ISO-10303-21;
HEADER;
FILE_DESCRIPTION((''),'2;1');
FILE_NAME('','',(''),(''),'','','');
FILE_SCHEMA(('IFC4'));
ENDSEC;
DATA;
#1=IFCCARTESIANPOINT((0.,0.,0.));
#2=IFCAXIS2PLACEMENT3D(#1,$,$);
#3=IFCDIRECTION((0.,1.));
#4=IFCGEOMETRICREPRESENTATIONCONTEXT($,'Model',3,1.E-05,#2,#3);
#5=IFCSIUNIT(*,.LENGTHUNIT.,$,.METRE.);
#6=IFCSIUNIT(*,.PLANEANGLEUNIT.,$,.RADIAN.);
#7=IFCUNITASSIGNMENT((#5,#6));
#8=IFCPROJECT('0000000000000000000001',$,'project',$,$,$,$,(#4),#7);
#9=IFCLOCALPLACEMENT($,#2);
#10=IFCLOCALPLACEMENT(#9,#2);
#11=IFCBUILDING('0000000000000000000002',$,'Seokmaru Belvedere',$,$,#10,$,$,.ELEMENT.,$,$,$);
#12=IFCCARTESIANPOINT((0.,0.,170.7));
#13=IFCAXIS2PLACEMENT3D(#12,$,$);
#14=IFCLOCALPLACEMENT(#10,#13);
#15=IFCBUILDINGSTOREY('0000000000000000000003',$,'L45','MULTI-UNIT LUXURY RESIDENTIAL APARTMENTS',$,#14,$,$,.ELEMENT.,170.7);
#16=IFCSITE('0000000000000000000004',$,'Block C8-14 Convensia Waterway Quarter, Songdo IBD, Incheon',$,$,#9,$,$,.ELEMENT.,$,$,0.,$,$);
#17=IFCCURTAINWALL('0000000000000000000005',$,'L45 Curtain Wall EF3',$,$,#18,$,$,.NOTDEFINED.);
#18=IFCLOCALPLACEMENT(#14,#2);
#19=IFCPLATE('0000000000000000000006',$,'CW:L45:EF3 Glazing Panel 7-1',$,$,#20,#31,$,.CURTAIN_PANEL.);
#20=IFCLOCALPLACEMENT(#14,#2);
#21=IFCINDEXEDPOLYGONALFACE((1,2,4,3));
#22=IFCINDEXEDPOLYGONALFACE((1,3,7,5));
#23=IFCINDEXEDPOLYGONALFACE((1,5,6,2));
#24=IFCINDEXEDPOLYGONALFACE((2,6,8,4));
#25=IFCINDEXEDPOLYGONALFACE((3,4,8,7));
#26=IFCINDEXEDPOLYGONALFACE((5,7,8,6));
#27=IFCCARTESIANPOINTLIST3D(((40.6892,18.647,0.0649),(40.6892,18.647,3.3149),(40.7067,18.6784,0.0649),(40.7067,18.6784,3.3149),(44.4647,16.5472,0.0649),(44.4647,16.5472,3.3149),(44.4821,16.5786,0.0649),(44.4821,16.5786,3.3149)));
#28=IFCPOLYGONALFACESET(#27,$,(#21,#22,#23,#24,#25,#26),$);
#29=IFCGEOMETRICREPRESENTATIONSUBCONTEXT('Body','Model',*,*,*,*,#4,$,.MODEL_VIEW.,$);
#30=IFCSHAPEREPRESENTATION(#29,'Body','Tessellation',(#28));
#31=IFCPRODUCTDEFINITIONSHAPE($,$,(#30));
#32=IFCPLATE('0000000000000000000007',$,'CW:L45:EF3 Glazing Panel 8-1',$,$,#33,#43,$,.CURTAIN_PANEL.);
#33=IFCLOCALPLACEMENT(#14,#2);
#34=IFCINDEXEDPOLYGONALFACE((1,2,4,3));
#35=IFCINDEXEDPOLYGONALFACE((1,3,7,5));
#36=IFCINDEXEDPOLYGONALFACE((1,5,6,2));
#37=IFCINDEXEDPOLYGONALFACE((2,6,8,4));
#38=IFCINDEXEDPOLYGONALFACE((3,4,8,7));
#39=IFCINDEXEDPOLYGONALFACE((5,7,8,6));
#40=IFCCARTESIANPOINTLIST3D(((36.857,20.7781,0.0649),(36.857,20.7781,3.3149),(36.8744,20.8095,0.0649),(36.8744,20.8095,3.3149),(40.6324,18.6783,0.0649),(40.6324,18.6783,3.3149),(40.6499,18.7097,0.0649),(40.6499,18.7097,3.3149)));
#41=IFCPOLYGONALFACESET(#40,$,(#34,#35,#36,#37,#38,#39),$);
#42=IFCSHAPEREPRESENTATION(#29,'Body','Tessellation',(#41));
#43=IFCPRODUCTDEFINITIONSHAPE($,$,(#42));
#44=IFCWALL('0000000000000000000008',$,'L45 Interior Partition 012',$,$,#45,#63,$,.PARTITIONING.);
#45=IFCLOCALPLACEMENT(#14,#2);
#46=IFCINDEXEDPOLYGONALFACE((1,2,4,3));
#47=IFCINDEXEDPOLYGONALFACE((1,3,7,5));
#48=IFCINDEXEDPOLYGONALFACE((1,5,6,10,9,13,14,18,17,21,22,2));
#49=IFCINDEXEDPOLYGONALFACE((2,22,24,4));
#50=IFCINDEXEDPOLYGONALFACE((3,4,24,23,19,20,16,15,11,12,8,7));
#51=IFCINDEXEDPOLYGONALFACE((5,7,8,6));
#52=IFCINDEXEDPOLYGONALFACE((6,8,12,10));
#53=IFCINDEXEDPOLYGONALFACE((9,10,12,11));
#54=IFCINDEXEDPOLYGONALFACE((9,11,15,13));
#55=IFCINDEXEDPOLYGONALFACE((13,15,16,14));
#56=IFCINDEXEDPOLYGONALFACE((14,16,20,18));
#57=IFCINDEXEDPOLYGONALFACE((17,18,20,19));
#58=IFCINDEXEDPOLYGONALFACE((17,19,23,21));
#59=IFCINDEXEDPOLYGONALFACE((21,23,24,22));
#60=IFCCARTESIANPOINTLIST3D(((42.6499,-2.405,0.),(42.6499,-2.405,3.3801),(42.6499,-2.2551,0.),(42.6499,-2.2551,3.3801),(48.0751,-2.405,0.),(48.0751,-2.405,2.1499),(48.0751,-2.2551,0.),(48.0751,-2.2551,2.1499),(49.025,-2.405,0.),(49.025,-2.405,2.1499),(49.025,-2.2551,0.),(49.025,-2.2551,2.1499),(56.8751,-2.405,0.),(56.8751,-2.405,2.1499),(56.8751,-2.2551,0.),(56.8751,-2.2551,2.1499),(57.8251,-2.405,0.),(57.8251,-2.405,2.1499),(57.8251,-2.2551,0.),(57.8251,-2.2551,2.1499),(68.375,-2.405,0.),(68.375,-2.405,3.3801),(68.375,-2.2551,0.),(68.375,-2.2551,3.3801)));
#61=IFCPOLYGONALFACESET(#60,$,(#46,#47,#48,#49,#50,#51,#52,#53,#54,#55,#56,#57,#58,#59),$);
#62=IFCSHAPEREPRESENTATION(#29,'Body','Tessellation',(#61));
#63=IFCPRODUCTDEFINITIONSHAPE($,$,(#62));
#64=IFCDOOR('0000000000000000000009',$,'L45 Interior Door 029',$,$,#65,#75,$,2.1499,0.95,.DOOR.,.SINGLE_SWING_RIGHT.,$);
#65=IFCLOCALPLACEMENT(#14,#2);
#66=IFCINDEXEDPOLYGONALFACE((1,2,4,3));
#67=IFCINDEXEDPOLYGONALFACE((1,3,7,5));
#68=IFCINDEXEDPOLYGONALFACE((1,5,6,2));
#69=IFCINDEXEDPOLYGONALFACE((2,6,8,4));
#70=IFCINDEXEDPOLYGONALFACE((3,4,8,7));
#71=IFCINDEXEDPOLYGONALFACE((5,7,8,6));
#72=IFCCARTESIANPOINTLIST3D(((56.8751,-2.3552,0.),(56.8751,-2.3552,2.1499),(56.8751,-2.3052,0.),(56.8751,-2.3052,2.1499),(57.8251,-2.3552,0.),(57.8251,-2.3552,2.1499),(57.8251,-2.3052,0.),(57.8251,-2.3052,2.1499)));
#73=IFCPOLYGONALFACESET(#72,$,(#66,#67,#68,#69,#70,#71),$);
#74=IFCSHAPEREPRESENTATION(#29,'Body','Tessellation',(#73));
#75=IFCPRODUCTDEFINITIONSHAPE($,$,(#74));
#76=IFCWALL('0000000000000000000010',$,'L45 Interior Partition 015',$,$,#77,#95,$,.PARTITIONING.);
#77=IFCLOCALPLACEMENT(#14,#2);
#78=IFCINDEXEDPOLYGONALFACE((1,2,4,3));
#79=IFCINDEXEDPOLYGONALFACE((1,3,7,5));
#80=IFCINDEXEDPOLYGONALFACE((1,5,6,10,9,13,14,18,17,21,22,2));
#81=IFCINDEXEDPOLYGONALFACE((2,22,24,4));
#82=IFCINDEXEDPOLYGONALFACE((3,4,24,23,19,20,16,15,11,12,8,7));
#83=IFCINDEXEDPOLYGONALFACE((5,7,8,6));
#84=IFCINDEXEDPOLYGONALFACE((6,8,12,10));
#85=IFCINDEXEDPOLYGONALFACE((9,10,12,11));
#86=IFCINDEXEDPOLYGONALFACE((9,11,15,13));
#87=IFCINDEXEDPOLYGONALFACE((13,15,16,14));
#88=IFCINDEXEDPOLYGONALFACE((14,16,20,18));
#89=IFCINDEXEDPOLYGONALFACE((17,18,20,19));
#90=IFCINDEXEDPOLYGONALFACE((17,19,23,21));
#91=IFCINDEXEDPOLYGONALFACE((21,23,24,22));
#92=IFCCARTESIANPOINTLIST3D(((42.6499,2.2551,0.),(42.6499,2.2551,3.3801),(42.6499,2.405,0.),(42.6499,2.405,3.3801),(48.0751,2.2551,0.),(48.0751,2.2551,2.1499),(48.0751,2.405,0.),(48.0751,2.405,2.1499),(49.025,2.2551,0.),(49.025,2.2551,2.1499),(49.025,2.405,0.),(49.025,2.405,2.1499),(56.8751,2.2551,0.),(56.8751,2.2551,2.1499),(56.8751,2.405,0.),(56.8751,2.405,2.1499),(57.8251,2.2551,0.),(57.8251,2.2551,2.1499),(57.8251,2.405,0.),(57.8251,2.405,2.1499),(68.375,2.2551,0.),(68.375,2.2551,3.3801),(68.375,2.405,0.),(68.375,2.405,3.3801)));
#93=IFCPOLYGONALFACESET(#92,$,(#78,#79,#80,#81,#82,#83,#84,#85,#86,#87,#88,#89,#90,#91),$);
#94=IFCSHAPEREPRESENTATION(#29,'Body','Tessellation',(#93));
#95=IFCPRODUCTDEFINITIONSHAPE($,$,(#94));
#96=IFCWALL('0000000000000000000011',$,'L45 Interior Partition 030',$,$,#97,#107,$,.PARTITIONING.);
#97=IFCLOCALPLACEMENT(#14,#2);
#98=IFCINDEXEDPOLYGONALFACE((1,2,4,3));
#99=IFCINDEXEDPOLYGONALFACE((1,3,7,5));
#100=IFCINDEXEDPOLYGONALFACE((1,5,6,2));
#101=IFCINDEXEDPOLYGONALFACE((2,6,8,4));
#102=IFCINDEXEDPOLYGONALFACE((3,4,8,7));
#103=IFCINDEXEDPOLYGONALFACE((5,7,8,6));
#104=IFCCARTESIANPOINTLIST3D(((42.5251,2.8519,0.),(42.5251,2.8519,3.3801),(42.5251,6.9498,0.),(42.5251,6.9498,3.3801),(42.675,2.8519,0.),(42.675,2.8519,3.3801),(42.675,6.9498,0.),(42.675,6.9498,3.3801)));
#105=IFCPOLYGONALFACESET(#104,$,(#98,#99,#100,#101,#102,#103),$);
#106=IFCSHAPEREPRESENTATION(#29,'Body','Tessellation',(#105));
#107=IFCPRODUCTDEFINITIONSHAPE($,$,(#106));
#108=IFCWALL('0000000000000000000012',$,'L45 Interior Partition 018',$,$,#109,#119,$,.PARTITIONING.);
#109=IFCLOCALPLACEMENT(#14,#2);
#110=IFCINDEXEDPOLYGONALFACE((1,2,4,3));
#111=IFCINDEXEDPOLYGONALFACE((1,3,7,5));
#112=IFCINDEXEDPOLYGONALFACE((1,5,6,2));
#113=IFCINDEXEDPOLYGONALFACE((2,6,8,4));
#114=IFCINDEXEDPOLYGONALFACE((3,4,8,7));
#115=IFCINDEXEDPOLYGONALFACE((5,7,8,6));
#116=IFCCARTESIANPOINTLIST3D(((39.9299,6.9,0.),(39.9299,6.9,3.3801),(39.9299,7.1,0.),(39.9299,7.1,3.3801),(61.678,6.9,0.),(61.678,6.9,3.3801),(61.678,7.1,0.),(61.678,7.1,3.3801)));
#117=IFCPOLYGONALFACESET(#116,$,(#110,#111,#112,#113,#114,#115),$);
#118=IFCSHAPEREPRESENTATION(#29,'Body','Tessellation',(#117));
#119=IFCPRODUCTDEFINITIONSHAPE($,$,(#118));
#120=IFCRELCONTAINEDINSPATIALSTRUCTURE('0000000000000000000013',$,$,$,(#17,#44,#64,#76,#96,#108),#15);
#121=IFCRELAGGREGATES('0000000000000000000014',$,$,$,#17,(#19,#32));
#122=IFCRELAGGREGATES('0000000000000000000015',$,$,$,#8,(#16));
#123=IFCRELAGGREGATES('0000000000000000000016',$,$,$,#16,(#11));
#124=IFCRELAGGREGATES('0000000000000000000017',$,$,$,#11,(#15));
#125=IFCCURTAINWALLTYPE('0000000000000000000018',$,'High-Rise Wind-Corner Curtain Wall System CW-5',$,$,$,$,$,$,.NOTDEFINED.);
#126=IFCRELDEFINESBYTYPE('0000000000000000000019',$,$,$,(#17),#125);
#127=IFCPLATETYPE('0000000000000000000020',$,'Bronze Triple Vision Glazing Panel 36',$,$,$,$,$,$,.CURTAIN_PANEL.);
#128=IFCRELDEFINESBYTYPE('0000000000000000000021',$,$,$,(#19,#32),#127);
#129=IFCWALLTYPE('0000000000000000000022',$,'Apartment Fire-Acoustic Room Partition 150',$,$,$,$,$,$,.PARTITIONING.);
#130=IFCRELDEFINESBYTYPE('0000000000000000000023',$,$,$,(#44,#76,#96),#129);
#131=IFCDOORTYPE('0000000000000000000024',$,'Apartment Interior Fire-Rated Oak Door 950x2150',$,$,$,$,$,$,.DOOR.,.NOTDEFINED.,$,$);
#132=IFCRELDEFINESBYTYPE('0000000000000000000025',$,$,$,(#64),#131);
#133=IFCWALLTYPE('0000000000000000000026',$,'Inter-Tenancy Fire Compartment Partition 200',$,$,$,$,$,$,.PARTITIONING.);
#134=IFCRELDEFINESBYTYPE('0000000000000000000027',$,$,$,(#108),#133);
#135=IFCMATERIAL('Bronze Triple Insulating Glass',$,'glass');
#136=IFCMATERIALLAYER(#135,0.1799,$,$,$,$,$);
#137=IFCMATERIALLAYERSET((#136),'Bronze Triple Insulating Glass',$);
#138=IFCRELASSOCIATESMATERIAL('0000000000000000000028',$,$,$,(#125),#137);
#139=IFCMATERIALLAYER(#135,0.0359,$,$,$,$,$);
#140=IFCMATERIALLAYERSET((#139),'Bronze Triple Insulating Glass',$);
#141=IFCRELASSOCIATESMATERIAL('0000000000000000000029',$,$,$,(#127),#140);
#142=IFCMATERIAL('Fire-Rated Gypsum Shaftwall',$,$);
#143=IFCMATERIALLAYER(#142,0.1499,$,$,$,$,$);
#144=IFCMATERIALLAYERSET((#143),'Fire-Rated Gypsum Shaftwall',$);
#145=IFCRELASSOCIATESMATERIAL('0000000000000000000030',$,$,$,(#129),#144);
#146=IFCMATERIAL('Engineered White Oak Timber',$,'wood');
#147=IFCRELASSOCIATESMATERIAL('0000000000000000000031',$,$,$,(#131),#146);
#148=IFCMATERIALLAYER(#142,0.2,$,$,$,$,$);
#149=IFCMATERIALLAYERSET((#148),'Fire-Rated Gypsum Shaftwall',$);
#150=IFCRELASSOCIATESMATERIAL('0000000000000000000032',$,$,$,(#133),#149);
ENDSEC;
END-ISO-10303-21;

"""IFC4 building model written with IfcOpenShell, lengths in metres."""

from ifc_helpers import new_model, si_unit, direction, frame, frame_2d, origin, origin_2d, place, context, subcontext, project, spatial, rectangle, extrude, source, transform, mapped, material, layer, layer_set, type_object, type_shapes, element, fill, aggregate, save


model = new_model("IFC4")

# Units and contexts
model_context = context("Model", 3, precision=1e-05, world=origin(), true_north=direction((0.0, 1.0)))
body_context = subcontext(model_context, "Body", "Model", "MODEL_VIEW")
ifc_project = project(units=[si_unit("LENGTHUNIT", "METRE"), si_unit("PLANEANGLEUNIT", "RADIAN")], contexts=[model_context])

# Site, building, storey
site_placement = place(None, origin())
site = spatial("IfcSite", under=ifc_project, at=site_placement, Name="Block C8-14 Convensia Waterway Quarter, Songdo IBD, Incheon", CompositionType="ELEMENT", RefElevation=0.0)
building_placement = place(site_placement, origin())
building = spatial("IfcBuilding", under=site, at=building_placement, Name="Seokmaru Belvedere", CompositionType="ELEMENT")
storey_placement = place(building_placement, frame((0.0, 0.0, 170.7)))
storey = spatial("IfcBuildingStorey", under=building, at=storey_placement, Name="L45", Description="MULTI-UNIT LUXURY RESIDENTIAL APARTMENTS", CompositionType="ELEMENT", Elevation=170.7)

# Curtain wall, plates
ifc_material_1 = material(Name="Bronze Triple Insulating Glass", Category="glass")
ifc_layer_1 = layer(ifc_material_1, 0.1799)
ifc_layer_set_1 = layer_set([ifc_layer_1], Name="Bronze Triple Insulating Glass")
curtain_wall_type = type_object("IfcCurtainWallType", Name="High-Rise Wind-Corner Curtain Wall System CW-5", PredefinedType="NOTDEFINED", material=ifc_layer_set_1)
curtain_wall_placement = place(storey_placement, origin())
curtain_wall = element("IfcCurtainWall", 1, at=curtain_wall_placement, inside=storey, type_object=curtain_wall_type, Name="L45 Curtain Wall EF3", PredefinedType="NOTDEFINED")
ifc_layer_2 = layer(ifc_material_1, 0.0359)
ifc_layer_set_2 = layer_set([ifc_layer_2], Name="Bronze Triple Insulating Glass")
plate_type = type_object("IfcPlateType", Name="Bronze Triple Vision Glazing Panel 36", PredefinedType="CURTAIN_PANEL", material=ifc_layer_set_2)
shared_shape_1 = source(origin(), body_context, "Body", "SweptSolid", [
    extrude(rectangle(XDim=4.3201, YDim=0.0359, at=origin_2d()), origin(), (0.0, 0.0, 1.0), 3.25),
])
type_shapes(plate_type, [shared_shape_1])
plate_1_placement = place(storey_placement, frame((42.5857, 17.6128, 0.0649), z_axis=(0.0, 0.0, 1.0), x_axis=(-0.873933, 0.486047, 0.0)))
plate_1 = element("IfcPlate", 2, at=plate_1_placement, type_object=plate_type, Name="CW:L45:EF3 Glazing Panel 7-1", PredefinedType="CURTAIN_PANEL", context=body_context, shape_type="MappedRepresentation", body=[
    mapped(shared_shape_1, transform((0.0, 0.0, 0.0), scale=1.0)),
])
plate_2_placement = place(storey_placement, frame((38.7534, 19.7439, 0.0649), z_axis=(0.0, 0.0, 1.0), x_axis=(-0.873933, 0.486047, 0.0)))
plate_2 = element("IfcPlate", 3, at=plate_2_placement, type_object=plate_type, Name="CW:L45:EF3 Glazing Panel 8-1", PredefinedType="CURTAIN_PANEL", context=body_context, shape_type="MappedRepresentation", body=[
    mapped(shared_shape_1, transform((0.0, 0.0, 0.0), scale=1.0)),
])
aggregate(curtain_wall, [plate_1, plate_2])

# Wall, openings, door
ifc_material_2 = material(Name="Fire-Rated Gypsum Shaftwall")
ifc_layer_3 = layer(ifc_material_2, 0.1499)
ifc_layer_set_3 = layer_set([ifc_layer_3], Name="Fire-Rated Gypsum Shaftwall")
wall_type_1 = type_object("IfcWallType", Name="Apartment Fire-Acoustic Room Partition 150", PredefinedType="PARTITIONING", material=ifc_layer_set_3)
wall_1_placement = place(storey_placement, frame((42.6499, -2.3301, 0.0), z_axis=(0.0, 0.0, 1.0), x_axis=(1.0, 0.0, 0.0)))
wall_1 = element("IfcWall", 4, at=wall_1_placement, inside=storey, type_object=wall_type_1, Name="L45 Interior Partition 012", PredefinedType="PARTITIONING", context=body_context, shape_type="SweptSolid", body=[
    extrude(rectangle(XDim=25.7251, YDim=0.1499, at=frame_2d((12.8625, 0.0))), origin(), (0.0, 0.0, 1.0), 3.3801),
])
opening_1_placement = place(wall_1_placement, frame((5.425, 0.0, 0.0)))
element("IfcOpeningElement", 5, at=opening_1_placement, cuts=wall_1, PredefinedType="OPENING", context=body_context, shape_type="SweptSolid", body=[
    extrude(rectangle(XDim=0.95, YDim=2.1499, at=frame_2d((0.4751, 1.075))), frame((0.0, 0.085, 0.0), z_axis=(0.0, -1.0, 0.0), x_axis=(1.0, 0.0, 0.0)), (0.0, 0.0, 1.0), 0.1699),
])
opening_2_placement = place(wall_1_placement, frame((14.2251, 0.0, 0.0)))
opening_2 = element("IfcOpeningElement", 6, at=opening_2_placement, cuts=wall_1, PredefinedType="OPENING", context=body_context, shape_type="SweptSolid", body=[
    extrude(rectangle(XDim=0.95, YDim=2.1499, at=frame_2d((0.4751, 1.075))), frame((0.0, 0.085, 0.0), z_axis=(0.0, -1.0, 0.0), x_axis=(1.0, 0.0, 0.0)), (0.0, 0.0, 1.0), 0.1699),
])
ifc_material_3 = material(Name="Engineered White Oak Timber", Category="wood")
door_type_1 = type_object("IfcDoorType", Name="Apartment Interior Fire-Rated Oak Door 950x2150", OperationType="NOTDEFINED", PredefinedType="DOOR", material=ifc_material_3)
shared_shape_2 = source(origin(), body_context, "Body", "SweptSolid", [
    extrude(rectangle(XDim=0.95, YDim=2.1499, at=frame_2d((0.4751, 1.075))), frame((0.0, 0.0249, 0.0), z_axis=(0.0, -1.0, 0.0), x_axis=(1.0, 0.0, 0.0)), (0.0, 0.0, 1.0), 0.05),
])
type_shapes(door_type_1, [shared_shape_2])
door_1_placement = place(opening_2_placement, origin())
door_1 = element("IfcDoor", 7, at=door_1_placement, inside=storey, type_object=door_type_1, Name="L45 Interior Door 029", OperationType="SINGLE_SWING_RIGHT", OverallHeight=2.1499, OverallWidth=0.95, PredefinedType="DOOR", context=body_context, shape_type="MappedRepresentation", body=[
    mapped(shared_shape_2, transform((0.0, 0.0, 0.0), scale=1.0)),
])
fill(opening_2, door_1)

# Wall, openings
wall_2_placement = place(storey_placement, frame((42.6499, 2.3301, 0.0), z_axis=(0.0, 0.0, 1.0), x_axis=(1.0, 0.0, 0.0)))
wall_2 = element("IfcWall", 8, at=wall_2_placement, inside=storey, type_object=wall_type_1, Name="L45 Interior Partition 015", PredefinedType="PARTITIONING", context=body_context, shape_type="SweptSolid", body=[
    extrude(rectangle(XDim=25.7251, YDim=0.1499, at=frame_2d((12.8625, 0.0))), origin(), (0.0, 0.0, 1.0), 3.3801),
])
opening_3_placement = place(wall_2_placement, frame((5.425, 0.0, 0.0)))
element("IfcOpeningElement", 9, at=opening_3_placement, cuts=wall_2, PredefinedType="OPENING", context=body_context, shape_type="SweptSolid", body=[
    extrude(rectangle(XDim=0.95, YDim=2.1499, at=frame_2d((0.4751, 1.075))), frame((0.0, 0.085, 0.0), z_axis=(0.0, -1.0, 0.0), x_axis=(1.0, 0.0, 0.0)), (0.0, 0.0, 1.0), 0.1699),
])
opening_4_placement = place(wall_2_placement, frame((14.2251, 0.0, 0.0)))
element("IfcOpeningElement", 10, at=opening_4_placement, cuts=wall_2, PredefinedType="OPENING", context=body_context, shape_type="SweptSolid", body=[
    extrude(rectangle(XDim=0.95, YDim=2.1499, at=frame_2d((0.4751, 1.075))), frame((0.0, 0.085, 0.0), z_axis=(0.0, -1.0, 0.0), x_axis=(1.0, 0.0, 0.0)), (0.0, 0.0, 1.0), 0.1699),
])

# Walls
wall_3_placement = place(storey_placement, frame((42.6001, 2.8521, 0.0), z_axis=(0.0, 0.0, 1.0), x_axis=(0.0, 1.0, 0.0)))
element("IfcWall", 11, at=wall_3_placement, inside=storey, type_object=wall_type_1, Name="L45 Interior Partition 030", PredefinedType="PARTITIONING", context=body_context, shape_type="SweptSolid", body=[
    extrude(rectangle(XDim=4.0979, YDim=0.1499, at=frame_2d((2.0488, 0.0))), origin(), (0.0, 0.0, 1.0), 3.3801),
])
ifc_layer_4 = layer(ifc_material_2, 0.2)
ifc_layer_set_4 = layer_set([ifc_layer_4], Name="Fire-Rated Gypsum Shaftwall")
wall_type_2 = type_object("IfcWallType", Name="Inter-Tenancy Fire Compartment Partition 200", PredefinedType="PARTITIONING", material=ifc_layer_set_4)
wall_4_placement = place(storey_placement, frame((39.9299, 7.0, 0.0), z_axis=(0.0, 0.0, 1.0), x_axis=(1.0, 0.0, 0.0)))
element("IfcWall", 12, at=wall_4_placement, inside=storey, type_object=wall_type_2, Name="L45 Interior Partition 018", PredefinedType="PARTITIONING", context=body_context, shape_type="SweptSolid", body=[
    extrude(rectangle(XDim=21.748, YDim=0.2, at=frame_2d((10.874, 0.0))), origin(), (0.0, 0.0, 1.0), 3.3801),
])

save(model, "model.ifc")
